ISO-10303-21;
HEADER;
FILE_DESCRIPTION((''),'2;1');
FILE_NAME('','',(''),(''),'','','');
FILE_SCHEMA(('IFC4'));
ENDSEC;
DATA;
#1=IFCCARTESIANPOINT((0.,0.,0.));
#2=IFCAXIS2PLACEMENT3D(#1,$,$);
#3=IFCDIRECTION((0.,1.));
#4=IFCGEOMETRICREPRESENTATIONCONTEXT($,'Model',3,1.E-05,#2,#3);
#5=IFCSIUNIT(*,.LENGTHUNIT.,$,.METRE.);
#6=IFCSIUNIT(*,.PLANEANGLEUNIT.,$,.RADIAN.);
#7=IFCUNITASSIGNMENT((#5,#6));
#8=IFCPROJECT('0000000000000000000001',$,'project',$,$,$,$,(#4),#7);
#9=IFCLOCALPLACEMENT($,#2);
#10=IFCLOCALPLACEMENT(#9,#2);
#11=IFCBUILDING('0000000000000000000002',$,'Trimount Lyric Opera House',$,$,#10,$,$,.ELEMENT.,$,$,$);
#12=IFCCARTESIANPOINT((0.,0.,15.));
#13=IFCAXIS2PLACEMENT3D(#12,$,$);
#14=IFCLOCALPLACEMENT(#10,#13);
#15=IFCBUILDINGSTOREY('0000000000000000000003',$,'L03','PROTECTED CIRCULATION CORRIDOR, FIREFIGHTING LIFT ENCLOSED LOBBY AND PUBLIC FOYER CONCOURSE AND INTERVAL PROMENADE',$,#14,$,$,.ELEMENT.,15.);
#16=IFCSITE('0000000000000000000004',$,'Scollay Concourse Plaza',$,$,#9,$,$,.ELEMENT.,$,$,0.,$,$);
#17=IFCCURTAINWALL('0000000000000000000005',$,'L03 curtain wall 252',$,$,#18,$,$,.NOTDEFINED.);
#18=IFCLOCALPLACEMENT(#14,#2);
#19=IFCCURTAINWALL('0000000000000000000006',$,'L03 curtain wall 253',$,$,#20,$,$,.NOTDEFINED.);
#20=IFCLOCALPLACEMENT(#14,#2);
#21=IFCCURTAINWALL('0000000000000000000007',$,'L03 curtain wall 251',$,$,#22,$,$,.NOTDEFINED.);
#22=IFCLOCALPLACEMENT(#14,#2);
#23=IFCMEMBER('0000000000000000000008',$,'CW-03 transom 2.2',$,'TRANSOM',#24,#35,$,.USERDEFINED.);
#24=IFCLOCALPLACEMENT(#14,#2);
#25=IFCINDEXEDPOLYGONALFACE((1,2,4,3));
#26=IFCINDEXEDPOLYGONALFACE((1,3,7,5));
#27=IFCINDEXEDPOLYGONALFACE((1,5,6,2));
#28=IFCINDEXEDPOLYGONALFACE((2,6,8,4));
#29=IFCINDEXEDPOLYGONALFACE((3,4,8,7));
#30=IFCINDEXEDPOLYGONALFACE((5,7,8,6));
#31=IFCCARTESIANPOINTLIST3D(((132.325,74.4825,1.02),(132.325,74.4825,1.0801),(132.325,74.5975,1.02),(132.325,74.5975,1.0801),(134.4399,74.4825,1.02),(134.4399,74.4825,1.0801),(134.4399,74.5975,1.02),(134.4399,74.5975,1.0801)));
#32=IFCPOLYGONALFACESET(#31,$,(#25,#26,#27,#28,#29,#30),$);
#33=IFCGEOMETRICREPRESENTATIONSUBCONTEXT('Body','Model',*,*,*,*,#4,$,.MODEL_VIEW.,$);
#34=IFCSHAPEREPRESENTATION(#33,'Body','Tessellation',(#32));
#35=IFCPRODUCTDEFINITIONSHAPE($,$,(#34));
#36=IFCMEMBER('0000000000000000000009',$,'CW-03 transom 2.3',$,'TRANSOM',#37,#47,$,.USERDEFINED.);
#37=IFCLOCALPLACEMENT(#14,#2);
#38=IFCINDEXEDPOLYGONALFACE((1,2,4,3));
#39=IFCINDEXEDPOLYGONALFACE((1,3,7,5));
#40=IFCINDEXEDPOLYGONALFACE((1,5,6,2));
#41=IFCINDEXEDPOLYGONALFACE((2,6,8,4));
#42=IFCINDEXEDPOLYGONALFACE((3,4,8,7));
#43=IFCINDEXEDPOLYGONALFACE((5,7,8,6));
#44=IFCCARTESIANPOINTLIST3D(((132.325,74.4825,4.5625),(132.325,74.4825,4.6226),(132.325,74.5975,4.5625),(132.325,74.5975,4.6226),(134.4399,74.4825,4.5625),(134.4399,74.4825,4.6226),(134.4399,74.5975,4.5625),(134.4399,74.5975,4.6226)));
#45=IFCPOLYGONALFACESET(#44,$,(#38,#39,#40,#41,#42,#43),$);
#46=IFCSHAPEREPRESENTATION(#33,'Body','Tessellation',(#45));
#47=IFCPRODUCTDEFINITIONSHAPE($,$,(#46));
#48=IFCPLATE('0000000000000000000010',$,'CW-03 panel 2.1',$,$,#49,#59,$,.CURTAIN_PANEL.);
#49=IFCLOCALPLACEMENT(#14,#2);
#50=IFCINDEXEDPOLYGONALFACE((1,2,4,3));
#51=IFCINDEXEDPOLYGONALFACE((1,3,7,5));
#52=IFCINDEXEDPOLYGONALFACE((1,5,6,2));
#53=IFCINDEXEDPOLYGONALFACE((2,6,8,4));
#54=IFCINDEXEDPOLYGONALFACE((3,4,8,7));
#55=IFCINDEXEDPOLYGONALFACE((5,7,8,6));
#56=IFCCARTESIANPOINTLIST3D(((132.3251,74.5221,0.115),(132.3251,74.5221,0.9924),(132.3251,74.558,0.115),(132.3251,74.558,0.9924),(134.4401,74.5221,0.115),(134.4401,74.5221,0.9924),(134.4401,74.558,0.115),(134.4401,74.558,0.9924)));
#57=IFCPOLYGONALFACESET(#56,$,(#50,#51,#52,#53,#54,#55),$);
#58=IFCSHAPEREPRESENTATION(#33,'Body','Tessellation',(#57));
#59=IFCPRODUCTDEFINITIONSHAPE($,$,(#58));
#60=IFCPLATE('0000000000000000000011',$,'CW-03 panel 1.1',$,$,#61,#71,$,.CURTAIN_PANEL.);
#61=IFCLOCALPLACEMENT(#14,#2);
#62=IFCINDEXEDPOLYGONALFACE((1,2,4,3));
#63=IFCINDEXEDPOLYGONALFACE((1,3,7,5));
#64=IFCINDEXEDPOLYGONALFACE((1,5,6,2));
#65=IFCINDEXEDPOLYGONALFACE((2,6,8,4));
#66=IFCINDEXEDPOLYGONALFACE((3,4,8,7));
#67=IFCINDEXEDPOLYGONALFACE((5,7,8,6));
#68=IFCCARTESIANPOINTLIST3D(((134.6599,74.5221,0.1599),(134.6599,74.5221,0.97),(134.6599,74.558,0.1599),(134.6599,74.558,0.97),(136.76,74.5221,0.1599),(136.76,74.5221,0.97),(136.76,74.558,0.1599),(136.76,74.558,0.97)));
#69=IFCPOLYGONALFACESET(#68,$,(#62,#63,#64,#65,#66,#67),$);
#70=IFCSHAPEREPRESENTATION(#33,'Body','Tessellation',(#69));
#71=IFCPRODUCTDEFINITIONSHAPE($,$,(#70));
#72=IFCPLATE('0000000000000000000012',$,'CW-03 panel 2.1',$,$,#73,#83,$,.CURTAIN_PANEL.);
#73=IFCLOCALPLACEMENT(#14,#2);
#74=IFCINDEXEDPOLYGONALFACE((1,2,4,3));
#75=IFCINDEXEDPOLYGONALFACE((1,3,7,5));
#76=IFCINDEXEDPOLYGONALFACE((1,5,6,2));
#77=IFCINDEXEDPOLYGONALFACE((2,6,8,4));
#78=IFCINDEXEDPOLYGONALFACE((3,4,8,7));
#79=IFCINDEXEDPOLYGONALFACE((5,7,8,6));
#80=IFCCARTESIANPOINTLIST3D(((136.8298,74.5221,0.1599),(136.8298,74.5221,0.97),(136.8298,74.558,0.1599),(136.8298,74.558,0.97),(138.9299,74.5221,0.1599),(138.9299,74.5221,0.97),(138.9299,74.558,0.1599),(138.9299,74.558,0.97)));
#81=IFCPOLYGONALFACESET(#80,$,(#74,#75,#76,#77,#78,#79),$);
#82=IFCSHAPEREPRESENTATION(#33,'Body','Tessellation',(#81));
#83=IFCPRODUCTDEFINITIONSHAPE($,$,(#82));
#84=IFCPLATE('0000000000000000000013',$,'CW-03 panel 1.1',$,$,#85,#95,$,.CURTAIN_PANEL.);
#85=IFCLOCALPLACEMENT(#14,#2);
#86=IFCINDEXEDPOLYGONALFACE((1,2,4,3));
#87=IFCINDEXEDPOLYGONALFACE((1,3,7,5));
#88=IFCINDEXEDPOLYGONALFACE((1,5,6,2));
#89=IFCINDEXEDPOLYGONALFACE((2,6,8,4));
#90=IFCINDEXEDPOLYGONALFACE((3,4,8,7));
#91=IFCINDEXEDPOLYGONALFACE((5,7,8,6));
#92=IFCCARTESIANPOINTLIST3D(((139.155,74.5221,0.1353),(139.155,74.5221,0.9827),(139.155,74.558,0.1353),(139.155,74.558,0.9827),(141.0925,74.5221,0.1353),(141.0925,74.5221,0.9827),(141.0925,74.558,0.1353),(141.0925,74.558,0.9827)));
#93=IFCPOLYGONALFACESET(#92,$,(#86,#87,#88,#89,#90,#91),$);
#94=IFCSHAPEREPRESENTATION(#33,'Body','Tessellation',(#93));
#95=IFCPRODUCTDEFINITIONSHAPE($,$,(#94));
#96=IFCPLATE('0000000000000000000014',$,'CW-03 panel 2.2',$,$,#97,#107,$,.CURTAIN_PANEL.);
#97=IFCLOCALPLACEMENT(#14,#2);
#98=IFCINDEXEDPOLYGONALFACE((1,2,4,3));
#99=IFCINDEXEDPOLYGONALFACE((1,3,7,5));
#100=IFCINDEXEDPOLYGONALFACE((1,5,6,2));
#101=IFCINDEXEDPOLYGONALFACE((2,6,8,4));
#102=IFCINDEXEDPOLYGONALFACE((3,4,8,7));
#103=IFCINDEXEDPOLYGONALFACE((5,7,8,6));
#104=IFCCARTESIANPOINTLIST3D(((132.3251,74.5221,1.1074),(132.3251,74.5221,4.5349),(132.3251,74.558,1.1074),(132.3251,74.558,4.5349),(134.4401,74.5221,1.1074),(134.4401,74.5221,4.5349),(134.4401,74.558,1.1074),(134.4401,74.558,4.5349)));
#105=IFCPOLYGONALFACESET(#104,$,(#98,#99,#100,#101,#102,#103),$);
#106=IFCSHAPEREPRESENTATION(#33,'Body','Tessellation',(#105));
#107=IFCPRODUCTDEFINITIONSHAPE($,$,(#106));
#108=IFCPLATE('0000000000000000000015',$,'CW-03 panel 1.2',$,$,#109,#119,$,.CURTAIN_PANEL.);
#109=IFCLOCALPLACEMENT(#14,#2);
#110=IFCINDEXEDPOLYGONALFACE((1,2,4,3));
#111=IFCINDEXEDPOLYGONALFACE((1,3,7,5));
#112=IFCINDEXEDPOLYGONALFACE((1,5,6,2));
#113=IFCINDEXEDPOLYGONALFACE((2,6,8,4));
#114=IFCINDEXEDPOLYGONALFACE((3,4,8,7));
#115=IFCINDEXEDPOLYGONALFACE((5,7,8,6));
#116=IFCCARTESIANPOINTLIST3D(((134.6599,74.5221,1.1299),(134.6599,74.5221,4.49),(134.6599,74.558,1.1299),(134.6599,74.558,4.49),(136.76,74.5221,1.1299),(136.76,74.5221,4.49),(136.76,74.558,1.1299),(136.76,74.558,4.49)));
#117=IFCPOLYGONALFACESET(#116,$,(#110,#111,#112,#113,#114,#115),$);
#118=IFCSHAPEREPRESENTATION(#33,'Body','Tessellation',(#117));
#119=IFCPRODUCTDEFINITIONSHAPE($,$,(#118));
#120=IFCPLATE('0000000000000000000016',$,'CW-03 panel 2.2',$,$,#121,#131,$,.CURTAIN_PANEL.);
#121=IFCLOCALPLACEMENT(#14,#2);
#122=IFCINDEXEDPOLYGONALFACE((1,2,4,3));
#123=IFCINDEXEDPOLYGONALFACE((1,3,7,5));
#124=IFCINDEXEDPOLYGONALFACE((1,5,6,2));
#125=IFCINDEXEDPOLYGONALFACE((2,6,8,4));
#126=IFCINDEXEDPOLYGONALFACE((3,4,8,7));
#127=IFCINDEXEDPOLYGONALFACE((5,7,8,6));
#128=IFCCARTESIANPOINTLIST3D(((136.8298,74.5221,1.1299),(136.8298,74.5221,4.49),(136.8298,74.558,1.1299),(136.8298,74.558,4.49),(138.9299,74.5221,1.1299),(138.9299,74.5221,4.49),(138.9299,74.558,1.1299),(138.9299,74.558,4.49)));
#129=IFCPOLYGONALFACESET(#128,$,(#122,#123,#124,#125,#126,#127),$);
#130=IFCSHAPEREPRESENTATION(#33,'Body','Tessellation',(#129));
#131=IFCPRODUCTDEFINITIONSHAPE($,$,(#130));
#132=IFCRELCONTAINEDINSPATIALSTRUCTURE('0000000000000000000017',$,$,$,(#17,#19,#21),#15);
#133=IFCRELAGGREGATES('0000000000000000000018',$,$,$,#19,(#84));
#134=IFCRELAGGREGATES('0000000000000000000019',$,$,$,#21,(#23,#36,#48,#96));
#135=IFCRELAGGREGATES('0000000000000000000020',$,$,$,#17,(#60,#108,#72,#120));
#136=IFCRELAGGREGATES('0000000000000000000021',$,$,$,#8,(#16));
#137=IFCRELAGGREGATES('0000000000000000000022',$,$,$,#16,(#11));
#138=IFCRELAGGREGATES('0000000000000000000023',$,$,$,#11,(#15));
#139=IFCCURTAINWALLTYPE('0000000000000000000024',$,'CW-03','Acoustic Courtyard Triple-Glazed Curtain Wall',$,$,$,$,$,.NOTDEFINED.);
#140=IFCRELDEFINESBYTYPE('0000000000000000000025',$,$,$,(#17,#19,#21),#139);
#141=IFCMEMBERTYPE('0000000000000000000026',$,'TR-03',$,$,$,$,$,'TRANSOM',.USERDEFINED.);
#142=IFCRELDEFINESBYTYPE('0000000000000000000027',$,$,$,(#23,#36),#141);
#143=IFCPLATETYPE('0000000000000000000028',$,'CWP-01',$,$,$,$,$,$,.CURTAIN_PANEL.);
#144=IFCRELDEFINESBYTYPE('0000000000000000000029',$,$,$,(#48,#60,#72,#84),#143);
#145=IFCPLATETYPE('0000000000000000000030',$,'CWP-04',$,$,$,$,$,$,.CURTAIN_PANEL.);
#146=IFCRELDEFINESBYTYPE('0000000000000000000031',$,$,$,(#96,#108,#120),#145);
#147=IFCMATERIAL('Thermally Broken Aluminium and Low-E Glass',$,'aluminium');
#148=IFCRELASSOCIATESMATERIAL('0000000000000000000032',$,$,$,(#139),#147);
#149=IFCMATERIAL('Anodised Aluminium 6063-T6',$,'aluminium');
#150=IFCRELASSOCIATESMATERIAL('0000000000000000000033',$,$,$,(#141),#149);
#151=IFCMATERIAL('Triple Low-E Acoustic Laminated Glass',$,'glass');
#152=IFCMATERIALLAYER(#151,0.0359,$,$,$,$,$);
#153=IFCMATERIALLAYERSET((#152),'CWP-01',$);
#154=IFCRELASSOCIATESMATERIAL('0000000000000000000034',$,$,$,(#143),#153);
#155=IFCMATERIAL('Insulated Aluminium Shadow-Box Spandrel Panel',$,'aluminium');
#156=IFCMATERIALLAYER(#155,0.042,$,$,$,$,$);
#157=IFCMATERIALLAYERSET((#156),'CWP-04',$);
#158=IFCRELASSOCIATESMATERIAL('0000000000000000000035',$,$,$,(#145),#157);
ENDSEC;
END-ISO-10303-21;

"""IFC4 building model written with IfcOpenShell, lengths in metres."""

from ifc_helpers import new_model, si_unit, direction, frame, origin, origin_2d, place, context, subcontext, project, spatial, rectangle, extrude, material, layer, layer_set, material_profile, profile_set, type_object, element, aggregate, save


model = new_model("IFC4")

# Units and contexts
model_context = context("Model", 3, precision=1e-05, world=origin(), true_north=direction((0.0, 1.0)))
body_context = subcontext(model_context, "Body", "Model", "MODEL_VIEW")
ifc_project = project(units=[si_unit("LENGTHUNIT", "METRE"), si_unit("PLANEANGLEUNIT", "RADIAN")], contexts=[model_context])

# Site, building, storey
site_placement = place(None, origin())
site = spatial("IfcSite", under=ifc_project, at=site_placement, Name="Scollay Concourse Plaza", CompositionType="ELEMENT", RefElevation=0.0)
building_placement = place(site_placement, origin())
building = spatial("IfcBuilding", under=site, at=building_placement, Name="Trimount Lyric Opera House", CompositionType="ELEMENT")
storey_placement = place(building_placement, frame((0.0, 0.0, 15.0)))
storey = spatial("IfcBuildingStorey", under=building, at=storey_placement, Name="L03", Description="PROTECTED CIRCULATION CORRIDOR, FIREFIGHTING LIFT ENCLOSED LOBBY AND PUBLIC FOYER CONCOURSE AND INTERVAL PROMENADE", CompositionType="ELEMENT", Elevation=15.0)

# Curtain wall
ifc_material_1 = material(Name="Thermally Broken Aluminium and Low-E Glass", Category="aluminium")
curtain_wall_type = type_object("IfcCurtainWallType", Name="CW-03", Description="Acoustic Courtyard Triple-Glazed Curtain Wall", PredefinedType="NOTDEFINED", material=ifc_material_1)
curtain_wall_1_placement = place(storey_placement, origin())
curtain_wall_1 = element("IfcCurtainWall", 1, at=curtain_wall_1_placement, inside=storey, type_object=curtain_wall_type, Name="L03 curtain wall 252", PredefinedType="NOTDEFINED")

# Curtain walls
curtain_wall_2_placement = place(storey_placement, origin())
curtain_wall_2 = element("IfcCurtainWall", 2, at=curtain_wall_2_placement, inside=storey, type_object=curtain_wall_type, Name="L03 curtain wall 253", PredefinedType="NOTDEFINED")
curtain_wall_3_placement = place(storey_placement, origin())
curtain_wall_3 = element("IfcCurtainWall", 3, at=curtain_wall_3_placement, inside=storey, type_object=curtain_wall_type, Name="L03 curtain wall 251", PredefinedType="NOTDEFINED")

# Members
ifc_material_2 = material(Name="Anodised Aluminium 6063-T6", Category="aluminium")
ifc_material_profile_1 = material_profile(ifc_material_2, rectangle(XDim=0.115, YDim=0.0601, at=origin_2d()), Name="ALU-TRAN-60X115")
ifc_profile_set_1 = profile_set([ifc_material_profile_1], Name="Anodised Aluminium 6063-T6")
member_type_1 = type_object("IfcMemberType", Name="TR-03", ElementType="TRANSOM", PredefinedType="USERDEFINED", material=ifc_profile_set_1)
member_1_placement = place(storey_placement, frame((132.325, 74.54, 1.05), z_axis=(1.0, 0.0, 0.0), x_axis=(0.0, 1.0, 0.0)))
member_1 = element("IfcMember", 4, at=member_1_placement, type_object=member_type_1, Name="CW-03 transom 2.2", ObjectType="TRANSOM", PredefinedType="USERDEFINED", context=body_context, shape_type="SweptSolid", body=[
    extrude(rectangle(XDim=0.115, YDim=0.0601, at=origin_2d()), origin(), (0.0, 0.0, 1.0), 2.115),
])
member_2_placement = place(storey_placement, frame((132.325, 74.54, 4.5925), z_axis=(1.0, 0.0, 0.0), x_axis=(0.0, 1.0, 0.0)))
member_2 = element("IfcMember", 5, at=member_2_placement, type_object=member_type_1, Name="CW-03 transom 2.3", ObjectType="TRANSOM", PredefinedType="USERDEFINED", context=body_context, shape_type="SweptSolid", body=[
    extrude(rectangle(XDim=0.115, YDim=0.0601, at=origin_2d()), origin(), (0.0, 0.0, 1.0), 2.115),
])

# Plates
ifc_material_3 = material(Name="Triple Low-E Acoustic Laminated Glass", Category="glass")
ifc_layer_1 = layer(ifc_material_3, 0.0359)
ifc_layer_set_1 = layer_set([ifc_layer_1], Name="CWP-01")
plate_type_1 = type_object("IfcPlateType", Name="CWP-01", PredefinedType="CURTAIN_PANEL", material=ifc_layer_set_1)
plate_1_placement = place(storey_placement, frame((133.3826, 74.54, 0.115), z_axis=(0.0, 0.0, 1.0), x_axis=(1.0, 0.0, 0.0)))
plate_1 = element("IfcPlate", 6, at=plate_1_placement, type_object=plate_type_1, Name="CW-03 panel 2.1", PredefinedType="CURTAIN_PANEL", context=body_context, shape_type="SweptSolid", body=[
    extrude(rectangle(XDim=2.115, YDim=0.0359, at=origin_2d()), origin(), (0.0, 0.0, 1.0), 0.8774),
])
plate_2_placement = place(storey_placement, frame((135.71, 74.54, 0.1599), z_axis=(0.0, 0.0, 1.0), x_axis=(1.0, 0.0, 0.0)))
plate_2 = element("IfcPlate", 7, at=plate_2_placement, type_object=plate_type_1, Name="CW-03 panel 1.1", PredefinedType="CURTAIN_PANEL", context=body_context, shape_type="SweptSolid", body=[
    extrude(rectangle(XDim=2.1001, YDim=0.0359, at=origin_2d()), origin(), (0.0, 0.0, 1.0), 0.8101),
])
plate_3_placement = place(storey_placement, frame((137.8799, 74.54, 0.1599), z_axis=(0.0, 0.0, 1.0), x_axis=(1.0, 0.0, 0.0)))
plate_3 = element("IfcPlate", 8, at=plate_3_placement, type_object=plate_type_1, Name="CW-03 panel 2.1", PredefinedType="CURTAIN_PANEL", context=body_context, shape_type="SweptSolid", body=[
    extrude(rectangle(XDim=2.1001, YDim=0.0359, at=origin_2d()), origin(), (0.0, 0.0, 1.0), 0.8101),
])
plate_4_placement = place(storey_placement, frame((140.1238, 74.54, 0.1353), z_axis=(0.0, 0.0, 1.0), x_axis=(1.0, 0.0, 0.0)))
plate_4 = element("IfcPlate", 9, at=plate_4_placement, type_object=plate_type_1, Name="CW-03 panel 1.1", PredefinedType="CURTAIN_PANEL", context=body_context, shape_type="SweptSolid", body=[
    extrude(rectangle(XDim=1.9375, YDim=0.0359, at=origin_2d()), origin(), (0.0, 0.0, 1.0), 0.8474),
])
aggregate(curtain_wall_2, [plate_4])
ifc_material_4 = material(Name="Insulated Aluminium Shadow-Box Spandrel Panel", Category="aluminium")
ifc_layer_2 = layer(ifc_material_4, 0.042)
ifc_layer_set_2 = layer_set([ifc_layer_2], Name="CWP-04")
plate_type_2 = type_object("IfcPlateType", Name="CWP-04", PredefinedType="CURTAIN_PANEL", material=ifc_layer_set_2)
plate_5_placement = place(storey_placement, frame((133.3826, 74.54, 1.1074), z_axis=(0.0, 0.0, 1.0), x_axis=(1.0, 0.0, 0.0)))
plate_5 = element("IfcPlate", 10, at=plate_5_placement, type_object=plate_type_2, Name="CW-03 panel 2.2", PredefinedType="CURTAIN_PANEL", context=body_context, shape_type="SweptSolid", body=[
    extrude(rectangle(XDim=2.115, YDim=0.0359, at=origin_2d()), origin(), (0.0, 0.0, 1.0), 3.4275),
])
aggregate(curtain_wall_3, [member_1, member_2, plate_1, plate_5])
plate_6_placement = place(storey_placement, frame((135.71, 74.54, 1.1299), z_axis=(0.0, 0.0, 1.0), x_axis=(1.0, 0.0, 0.0)))
plate_6 = element("IfcPlate", 11, at=plate_6_placement, type_object=plate_type_2, Name="CW-03 panel 1.2", PredefinedType="CURTAIN_PANEL", context=body_context, shape_type="SweptSolid", body=[
    extrude(rectangle(XDim=2.1001, YDim=0.0359, at=origin_2d()), origin(), (0.0, 0.0, 1.0), 3.3601),
])
plate_7_placement = place(storey_placement, frame((137.8799, 74.54, 1.1299), z_axis=(0.0, 0.0, 1.0), x_axis=(1.0, 0.0, 0.0)))
plate_7 = element("IfcPlate", 12, at=plate_7_placement, type_object=plate_type_2, Name="CW-03 panel 2.2", PredefinedType="CURTAIN_PANEL", context=body_context, shape_type="SweptSolid", body=[
    extrude(rectangle(XDim=2.1001, YDim=0.0359, at=origin_2d()), origin(), (0.0, 0.0, 1.0), 3.3601),
])
aggregate(curtain_wall_1, [plate_2, plate_6, plate_3, plate_7])

save(model, "model.ifc")
